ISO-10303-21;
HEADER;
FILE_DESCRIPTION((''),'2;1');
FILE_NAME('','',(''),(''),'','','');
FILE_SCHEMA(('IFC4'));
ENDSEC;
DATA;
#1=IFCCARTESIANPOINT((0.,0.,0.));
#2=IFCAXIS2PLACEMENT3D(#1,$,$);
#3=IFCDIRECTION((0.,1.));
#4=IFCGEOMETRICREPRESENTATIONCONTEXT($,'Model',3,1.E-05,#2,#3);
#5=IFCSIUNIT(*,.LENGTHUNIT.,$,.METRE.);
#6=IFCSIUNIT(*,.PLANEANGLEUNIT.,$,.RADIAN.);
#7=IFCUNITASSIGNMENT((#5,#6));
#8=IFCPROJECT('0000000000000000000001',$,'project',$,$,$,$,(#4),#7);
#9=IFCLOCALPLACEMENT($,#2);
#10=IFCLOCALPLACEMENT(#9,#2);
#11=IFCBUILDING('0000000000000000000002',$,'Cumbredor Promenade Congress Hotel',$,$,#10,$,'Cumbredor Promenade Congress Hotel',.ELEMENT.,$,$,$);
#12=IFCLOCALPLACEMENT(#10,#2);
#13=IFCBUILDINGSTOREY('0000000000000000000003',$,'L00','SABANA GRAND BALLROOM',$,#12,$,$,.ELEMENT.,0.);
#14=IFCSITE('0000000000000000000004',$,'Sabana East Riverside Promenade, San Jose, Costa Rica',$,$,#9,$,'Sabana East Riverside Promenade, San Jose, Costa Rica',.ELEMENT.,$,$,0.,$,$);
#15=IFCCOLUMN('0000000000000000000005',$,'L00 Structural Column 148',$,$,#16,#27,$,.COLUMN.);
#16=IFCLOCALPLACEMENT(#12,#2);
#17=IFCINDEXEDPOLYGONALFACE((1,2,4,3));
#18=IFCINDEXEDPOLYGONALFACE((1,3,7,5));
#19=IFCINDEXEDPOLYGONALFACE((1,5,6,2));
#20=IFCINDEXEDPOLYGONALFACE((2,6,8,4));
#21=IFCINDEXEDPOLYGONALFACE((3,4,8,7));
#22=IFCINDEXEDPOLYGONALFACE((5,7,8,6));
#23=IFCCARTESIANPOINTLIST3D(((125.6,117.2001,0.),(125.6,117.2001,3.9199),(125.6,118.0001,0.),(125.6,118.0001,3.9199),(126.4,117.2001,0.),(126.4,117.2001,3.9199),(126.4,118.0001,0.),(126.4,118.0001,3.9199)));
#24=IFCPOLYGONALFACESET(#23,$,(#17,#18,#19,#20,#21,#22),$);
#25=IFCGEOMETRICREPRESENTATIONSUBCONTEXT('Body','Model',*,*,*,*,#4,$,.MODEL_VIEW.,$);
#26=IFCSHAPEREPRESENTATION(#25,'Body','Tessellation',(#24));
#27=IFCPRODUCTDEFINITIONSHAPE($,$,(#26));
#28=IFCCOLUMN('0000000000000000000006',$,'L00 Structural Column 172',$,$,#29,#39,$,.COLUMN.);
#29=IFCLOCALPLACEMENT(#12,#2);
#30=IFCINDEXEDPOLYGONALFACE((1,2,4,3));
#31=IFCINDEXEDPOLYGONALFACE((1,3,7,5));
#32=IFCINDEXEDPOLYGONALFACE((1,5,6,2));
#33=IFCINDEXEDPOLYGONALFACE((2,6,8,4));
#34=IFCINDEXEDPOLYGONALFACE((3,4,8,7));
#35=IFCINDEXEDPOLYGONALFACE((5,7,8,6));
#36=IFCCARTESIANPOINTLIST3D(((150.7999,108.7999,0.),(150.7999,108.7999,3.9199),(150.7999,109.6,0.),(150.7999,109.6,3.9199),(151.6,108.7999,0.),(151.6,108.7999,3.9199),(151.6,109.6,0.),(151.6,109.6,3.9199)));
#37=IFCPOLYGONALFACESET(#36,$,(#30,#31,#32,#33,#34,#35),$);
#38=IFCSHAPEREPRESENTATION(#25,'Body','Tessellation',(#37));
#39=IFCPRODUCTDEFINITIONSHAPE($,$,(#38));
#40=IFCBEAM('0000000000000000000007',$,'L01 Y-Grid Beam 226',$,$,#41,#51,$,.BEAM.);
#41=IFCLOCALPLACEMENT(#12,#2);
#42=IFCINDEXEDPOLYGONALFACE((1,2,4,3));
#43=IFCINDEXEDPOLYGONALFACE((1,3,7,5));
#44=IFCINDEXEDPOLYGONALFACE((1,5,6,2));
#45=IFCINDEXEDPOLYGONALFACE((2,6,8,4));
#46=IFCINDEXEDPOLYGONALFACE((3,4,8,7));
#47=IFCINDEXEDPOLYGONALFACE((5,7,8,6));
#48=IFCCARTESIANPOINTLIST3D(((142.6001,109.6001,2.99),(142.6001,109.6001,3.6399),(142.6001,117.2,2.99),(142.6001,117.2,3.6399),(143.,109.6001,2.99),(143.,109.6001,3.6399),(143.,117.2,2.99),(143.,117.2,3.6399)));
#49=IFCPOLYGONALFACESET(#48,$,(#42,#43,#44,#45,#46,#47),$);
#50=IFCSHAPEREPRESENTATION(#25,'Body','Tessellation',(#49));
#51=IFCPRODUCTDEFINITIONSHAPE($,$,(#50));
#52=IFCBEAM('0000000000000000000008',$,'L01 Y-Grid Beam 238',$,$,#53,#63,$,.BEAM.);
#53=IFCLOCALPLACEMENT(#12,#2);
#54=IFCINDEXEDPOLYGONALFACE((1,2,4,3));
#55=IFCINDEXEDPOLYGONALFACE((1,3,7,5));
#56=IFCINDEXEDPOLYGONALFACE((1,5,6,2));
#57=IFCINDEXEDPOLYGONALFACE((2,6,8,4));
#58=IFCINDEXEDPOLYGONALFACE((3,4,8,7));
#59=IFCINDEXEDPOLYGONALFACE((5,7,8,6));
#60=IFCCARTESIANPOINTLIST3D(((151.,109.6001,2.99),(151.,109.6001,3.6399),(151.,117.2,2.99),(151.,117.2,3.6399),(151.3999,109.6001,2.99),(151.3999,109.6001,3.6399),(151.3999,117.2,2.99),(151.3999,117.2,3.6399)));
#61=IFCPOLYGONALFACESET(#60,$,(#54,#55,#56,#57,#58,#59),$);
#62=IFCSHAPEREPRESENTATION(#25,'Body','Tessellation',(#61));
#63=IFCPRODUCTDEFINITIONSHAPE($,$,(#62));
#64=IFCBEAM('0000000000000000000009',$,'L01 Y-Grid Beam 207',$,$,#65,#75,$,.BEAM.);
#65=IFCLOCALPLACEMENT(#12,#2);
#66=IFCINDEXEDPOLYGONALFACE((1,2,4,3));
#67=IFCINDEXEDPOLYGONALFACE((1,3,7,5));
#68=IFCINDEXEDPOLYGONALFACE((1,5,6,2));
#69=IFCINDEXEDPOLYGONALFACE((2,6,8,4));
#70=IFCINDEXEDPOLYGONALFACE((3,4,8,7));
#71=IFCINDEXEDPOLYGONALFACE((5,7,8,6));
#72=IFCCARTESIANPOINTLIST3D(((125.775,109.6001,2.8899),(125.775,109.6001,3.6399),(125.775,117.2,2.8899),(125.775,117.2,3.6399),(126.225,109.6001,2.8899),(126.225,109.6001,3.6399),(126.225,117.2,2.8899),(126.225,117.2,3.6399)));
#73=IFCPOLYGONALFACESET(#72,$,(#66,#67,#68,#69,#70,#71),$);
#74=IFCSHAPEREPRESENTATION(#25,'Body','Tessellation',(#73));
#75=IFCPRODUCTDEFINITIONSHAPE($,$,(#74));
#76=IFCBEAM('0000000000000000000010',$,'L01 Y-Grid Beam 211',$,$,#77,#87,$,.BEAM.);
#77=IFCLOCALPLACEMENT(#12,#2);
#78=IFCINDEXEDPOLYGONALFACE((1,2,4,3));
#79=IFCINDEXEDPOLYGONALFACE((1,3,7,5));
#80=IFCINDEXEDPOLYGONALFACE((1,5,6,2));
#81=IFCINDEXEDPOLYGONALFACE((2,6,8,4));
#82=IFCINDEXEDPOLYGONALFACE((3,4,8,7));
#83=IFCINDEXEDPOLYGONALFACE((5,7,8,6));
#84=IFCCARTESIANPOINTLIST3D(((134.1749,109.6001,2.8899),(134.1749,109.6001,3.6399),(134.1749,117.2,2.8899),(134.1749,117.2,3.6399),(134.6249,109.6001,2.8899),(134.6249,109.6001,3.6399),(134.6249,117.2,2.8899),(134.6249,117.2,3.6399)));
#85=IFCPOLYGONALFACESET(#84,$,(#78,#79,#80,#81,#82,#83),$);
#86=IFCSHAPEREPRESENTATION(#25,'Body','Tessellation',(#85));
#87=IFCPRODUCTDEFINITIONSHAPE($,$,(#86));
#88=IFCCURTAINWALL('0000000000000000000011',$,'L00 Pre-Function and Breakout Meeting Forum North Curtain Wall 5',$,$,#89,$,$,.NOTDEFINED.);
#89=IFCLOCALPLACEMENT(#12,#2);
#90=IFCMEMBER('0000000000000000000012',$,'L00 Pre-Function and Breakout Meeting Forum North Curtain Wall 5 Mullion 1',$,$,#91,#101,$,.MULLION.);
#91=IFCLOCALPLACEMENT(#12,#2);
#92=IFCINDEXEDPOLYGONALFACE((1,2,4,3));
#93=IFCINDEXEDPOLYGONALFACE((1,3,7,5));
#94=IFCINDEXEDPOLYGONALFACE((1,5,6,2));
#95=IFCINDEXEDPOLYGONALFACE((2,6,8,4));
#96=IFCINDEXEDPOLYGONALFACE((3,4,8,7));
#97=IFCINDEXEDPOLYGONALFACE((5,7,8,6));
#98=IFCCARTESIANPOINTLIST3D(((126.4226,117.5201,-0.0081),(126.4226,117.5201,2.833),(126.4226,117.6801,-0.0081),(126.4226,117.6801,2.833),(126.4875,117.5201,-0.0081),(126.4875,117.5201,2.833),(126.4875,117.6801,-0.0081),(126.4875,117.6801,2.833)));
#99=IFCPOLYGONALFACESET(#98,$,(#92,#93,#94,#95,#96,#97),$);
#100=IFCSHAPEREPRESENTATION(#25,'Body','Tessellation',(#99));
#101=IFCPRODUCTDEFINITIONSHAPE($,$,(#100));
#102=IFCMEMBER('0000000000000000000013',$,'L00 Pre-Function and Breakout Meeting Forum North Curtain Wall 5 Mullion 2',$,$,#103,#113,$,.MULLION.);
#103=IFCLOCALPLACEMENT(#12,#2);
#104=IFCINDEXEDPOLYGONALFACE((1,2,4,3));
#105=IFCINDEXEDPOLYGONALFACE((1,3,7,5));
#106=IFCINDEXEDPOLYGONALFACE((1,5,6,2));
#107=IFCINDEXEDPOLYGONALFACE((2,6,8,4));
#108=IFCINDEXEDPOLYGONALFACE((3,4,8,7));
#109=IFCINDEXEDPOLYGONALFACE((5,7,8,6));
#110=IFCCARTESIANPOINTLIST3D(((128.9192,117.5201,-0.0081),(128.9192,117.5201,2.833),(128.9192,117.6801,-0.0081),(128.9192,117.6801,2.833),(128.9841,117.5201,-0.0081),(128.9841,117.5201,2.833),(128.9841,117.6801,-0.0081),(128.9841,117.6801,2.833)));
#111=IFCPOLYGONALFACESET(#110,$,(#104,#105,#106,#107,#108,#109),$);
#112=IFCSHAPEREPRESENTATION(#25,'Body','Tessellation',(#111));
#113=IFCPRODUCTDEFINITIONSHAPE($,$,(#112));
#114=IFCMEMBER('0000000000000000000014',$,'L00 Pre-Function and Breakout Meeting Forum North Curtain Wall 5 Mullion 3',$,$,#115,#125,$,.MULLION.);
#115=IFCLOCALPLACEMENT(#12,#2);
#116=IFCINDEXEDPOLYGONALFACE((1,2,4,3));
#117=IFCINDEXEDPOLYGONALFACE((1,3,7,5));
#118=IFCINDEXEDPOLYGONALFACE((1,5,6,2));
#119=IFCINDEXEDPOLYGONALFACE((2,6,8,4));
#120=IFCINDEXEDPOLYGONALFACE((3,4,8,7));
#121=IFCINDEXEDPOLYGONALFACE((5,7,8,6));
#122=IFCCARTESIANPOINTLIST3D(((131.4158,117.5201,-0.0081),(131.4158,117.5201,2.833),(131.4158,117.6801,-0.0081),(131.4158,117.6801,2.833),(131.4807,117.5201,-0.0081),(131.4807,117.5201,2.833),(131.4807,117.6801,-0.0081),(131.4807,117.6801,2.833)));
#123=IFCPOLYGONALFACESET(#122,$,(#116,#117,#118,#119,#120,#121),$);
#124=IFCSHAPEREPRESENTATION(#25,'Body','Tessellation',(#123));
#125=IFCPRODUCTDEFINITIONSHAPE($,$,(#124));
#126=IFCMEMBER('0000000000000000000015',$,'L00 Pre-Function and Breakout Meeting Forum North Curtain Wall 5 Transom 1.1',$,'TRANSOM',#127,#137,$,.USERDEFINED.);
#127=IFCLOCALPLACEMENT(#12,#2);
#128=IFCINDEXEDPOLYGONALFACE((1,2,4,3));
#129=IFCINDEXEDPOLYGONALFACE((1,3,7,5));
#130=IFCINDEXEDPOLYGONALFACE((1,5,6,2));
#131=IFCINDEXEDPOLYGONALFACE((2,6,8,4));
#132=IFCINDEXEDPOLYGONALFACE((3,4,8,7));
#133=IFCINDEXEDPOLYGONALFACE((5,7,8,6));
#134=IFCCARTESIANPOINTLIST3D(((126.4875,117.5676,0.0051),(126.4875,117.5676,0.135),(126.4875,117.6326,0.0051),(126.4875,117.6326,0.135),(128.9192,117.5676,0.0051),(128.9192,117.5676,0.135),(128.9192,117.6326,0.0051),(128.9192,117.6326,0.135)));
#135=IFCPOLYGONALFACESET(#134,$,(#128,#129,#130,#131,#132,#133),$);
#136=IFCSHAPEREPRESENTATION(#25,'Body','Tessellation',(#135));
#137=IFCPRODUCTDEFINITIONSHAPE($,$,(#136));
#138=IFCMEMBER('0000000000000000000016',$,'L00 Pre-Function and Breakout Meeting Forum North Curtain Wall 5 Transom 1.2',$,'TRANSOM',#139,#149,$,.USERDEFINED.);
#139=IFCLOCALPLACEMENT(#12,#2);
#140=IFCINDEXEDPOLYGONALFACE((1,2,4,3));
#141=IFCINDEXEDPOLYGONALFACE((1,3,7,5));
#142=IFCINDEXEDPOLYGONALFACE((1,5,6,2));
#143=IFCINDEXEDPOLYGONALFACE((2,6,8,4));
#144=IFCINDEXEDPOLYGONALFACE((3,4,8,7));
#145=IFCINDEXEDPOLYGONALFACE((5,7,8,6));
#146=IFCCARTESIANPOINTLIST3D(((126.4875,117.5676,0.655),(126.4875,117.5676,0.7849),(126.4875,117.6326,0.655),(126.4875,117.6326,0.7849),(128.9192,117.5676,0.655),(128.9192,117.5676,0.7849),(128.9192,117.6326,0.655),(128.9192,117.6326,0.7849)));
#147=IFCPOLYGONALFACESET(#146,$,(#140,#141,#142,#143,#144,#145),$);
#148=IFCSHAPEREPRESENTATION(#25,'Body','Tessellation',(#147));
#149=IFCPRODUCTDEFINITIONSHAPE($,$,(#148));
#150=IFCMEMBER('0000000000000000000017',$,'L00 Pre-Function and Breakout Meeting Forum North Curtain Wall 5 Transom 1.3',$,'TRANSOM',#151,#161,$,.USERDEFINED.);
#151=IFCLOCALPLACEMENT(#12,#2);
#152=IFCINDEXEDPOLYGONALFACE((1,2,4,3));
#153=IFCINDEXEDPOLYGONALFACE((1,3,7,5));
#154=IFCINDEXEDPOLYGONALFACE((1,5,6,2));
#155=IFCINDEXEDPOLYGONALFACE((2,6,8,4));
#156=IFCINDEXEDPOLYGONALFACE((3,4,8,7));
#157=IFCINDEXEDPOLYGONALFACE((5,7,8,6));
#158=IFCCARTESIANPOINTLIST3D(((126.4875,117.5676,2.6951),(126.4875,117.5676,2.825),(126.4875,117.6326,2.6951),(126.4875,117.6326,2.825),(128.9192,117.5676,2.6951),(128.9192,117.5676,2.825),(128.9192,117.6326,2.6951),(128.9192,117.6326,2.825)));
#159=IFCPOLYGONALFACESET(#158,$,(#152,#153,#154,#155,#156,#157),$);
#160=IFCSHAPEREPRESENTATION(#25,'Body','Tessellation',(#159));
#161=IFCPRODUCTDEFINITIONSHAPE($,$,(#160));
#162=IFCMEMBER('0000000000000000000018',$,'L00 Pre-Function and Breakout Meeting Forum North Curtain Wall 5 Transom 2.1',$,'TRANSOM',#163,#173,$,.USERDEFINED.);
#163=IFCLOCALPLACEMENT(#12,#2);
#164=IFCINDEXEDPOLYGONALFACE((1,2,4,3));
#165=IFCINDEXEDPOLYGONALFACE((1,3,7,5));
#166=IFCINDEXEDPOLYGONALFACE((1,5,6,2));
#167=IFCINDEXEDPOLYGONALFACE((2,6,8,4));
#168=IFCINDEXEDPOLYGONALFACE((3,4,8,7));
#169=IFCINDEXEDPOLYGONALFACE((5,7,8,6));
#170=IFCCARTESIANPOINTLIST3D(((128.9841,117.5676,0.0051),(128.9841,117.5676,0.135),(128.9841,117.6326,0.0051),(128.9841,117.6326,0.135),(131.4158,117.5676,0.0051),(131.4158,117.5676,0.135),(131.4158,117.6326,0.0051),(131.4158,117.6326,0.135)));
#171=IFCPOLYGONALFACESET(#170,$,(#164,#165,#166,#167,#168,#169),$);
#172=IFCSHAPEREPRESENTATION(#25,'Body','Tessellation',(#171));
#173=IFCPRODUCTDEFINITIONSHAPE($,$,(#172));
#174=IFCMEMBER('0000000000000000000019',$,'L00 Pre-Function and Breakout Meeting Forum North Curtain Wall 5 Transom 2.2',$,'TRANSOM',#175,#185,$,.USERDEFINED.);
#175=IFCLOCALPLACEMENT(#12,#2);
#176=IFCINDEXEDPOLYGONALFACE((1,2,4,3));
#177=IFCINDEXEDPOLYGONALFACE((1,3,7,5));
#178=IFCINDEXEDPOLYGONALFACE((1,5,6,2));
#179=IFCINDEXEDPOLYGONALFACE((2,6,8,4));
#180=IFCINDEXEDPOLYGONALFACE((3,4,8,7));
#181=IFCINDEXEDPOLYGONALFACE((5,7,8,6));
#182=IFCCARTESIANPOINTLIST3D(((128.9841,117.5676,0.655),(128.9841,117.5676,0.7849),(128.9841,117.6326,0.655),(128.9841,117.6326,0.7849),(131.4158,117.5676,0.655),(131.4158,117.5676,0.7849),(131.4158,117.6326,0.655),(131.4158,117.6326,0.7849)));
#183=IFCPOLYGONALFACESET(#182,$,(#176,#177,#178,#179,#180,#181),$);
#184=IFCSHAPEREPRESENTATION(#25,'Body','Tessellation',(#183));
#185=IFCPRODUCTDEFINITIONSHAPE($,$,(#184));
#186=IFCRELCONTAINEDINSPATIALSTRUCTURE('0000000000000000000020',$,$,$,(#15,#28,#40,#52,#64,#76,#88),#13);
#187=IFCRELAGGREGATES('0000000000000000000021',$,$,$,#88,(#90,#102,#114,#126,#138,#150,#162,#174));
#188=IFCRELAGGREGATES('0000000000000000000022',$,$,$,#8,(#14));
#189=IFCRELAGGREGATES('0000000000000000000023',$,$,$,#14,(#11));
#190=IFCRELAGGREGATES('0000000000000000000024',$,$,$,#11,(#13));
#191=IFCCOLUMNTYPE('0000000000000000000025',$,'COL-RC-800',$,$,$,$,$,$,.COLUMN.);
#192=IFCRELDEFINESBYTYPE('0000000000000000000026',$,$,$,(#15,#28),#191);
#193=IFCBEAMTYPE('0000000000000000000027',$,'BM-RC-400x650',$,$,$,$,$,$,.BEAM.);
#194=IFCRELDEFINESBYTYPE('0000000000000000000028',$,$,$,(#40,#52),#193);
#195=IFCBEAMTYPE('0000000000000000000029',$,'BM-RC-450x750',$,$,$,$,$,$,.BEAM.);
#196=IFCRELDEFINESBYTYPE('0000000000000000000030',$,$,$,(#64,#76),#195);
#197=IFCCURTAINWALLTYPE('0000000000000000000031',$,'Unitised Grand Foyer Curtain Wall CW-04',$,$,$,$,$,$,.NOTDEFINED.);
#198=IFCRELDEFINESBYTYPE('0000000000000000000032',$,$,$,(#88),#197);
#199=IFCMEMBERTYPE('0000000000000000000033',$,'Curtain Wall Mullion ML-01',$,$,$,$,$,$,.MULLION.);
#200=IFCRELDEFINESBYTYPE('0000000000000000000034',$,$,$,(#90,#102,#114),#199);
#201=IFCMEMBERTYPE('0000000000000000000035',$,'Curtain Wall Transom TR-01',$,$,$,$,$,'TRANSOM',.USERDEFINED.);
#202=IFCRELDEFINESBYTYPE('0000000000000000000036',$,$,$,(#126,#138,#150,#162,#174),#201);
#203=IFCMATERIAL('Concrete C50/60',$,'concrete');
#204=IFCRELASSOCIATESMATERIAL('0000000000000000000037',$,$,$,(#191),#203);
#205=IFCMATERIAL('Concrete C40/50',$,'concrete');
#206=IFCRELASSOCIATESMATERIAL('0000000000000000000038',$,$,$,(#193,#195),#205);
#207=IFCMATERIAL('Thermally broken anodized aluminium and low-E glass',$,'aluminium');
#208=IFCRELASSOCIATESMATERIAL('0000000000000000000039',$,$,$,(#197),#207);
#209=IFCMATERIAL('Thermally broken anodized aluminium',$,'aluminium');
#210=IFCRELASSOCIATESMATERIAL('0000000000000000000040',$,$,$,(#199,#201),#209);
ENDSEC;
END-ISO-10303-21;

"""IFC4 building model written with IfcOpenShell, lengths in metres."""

from ifc_helpers import new_model, si_unit, direction, frame, origin, origin_2d, place, context, subcontext, project, spatial, rectangle, extrude, material, material_profile, profile_set, type_object, element, aggregate, save


model = new_model("IFC4")

# Units and contexts
model_context = context("Model", 3, precision=1e-05, world=origin(), true_north=direction((0.0, 1.0)))
body_context = subcontext(model_context, "Body", "Model", "MODEL_VIEW")
ifc_project = project(units=[si_unit("LENGTHUNIT", "METRE"), si_unit("PLANEANGLEUNIT", "RADIAN")], contexts=[model_context])

# Site, building, storey
site_placement = place(None, origin())
site = spatial("IfcSite", under=ifc_project, at=site_placement, Name="Sabana East Riverside Promenade, San Jose, Costa Rica", LongName="Sabana East Riverside Promenade, San Jose, Costa Rica", CompositionType="ELEMENT", RefElevation=0.0)
building_placement = place(site_placement, origin())
building = spatial("IfcBuilding", under=site, at=building_placement, Name="Cumbredor Promenade Congress Hotel", LongName="Cumbredor Promenade Congress Hotel", CompositionType="ELEMENT")
storey_placement = place(building_placement, origin())
storey = spatial("IfcBuildingStorey", under=building, at=storey_placement, Name="L00", Description="SABANA GRAND BALLROOM", CompositionType="ELEMENT", Elevation=0.0)

# Columns
ifc_material_1 = material(Name="Concrete C50/60", Category="concrete")
ifc_material_profile_1 = material_profile(ifc_material_1, rectangle(XDim=0.8, YDim=0.8, at=origin_2d()), Name="RC 800x800")
ifc_profile_set_1 = profile_set([ifc_material_profile_1], Name="Concrete C50/60")
column_type = type_object("IfcColumnType", Name="COL-RC-800", PredefinedType="COLUMN", material=ifc_profile_set_1)
for number, where, z_axis, x_axis, name in (
    (1, (126.0, 117.6001, 0.0), (0.0, 0.0, 1.0), (1.0, 0.0, 0.0), "L00 Structural Column 148"),
    (2, (151.2, 109.2, 0.0), (0.0, 0.0, 1.0), (1.0, 0.0, 0.0), "L00 Structural Column 172"),
):
    element("IfcColumn", number, at=place(storey_placement, frame(where, z_axis=z_axis, x_axis=x_axis)), inside=storey, type_object=column_type, Name=name, PredefinedType="COLUMN", context=body_context, shape_type="SweptSolid", body=[
        extrude(rectangle(XDim=0.8, YDim=0.8, at=origin_2d()), origin(), (0.0, 0.0, 1.0), 3.9199),
    ])

# Beams
ifc_material_2 = material(Name="Concrete C40/50", Category="concrete")
ifc_material_profile_2 = material_profile(ifc_material_2, rectangle(XDim=0.3999, YDim=0.6499, at=origin_2d()), Name="RC BEAM 400x650")
ifc_profile_set_2 = profile_set([ifc_material_profile_2], Name="Concrete C40/50")
beam_type_1 = type_object("IfcBeamType", Name="BM-RC-400x650", PredefinedType="BEAM", material=ifc_profile_set_2)
for number, where, z_axis, x_axis, name in (
    (3, (142.8, 109.6001, 3.3149), (0.0, 1.0, 0.0), (-1.0, 0.0, 0.0), "L01 Y-Grid Beam 226"),
    (4, (151.2, 109.6001, 3.3149), (0.0, 1.0, 0.0), (-1.0, 0.0, 0.0), "L01 Y-Grid Beam 238"),
):
    element("IfcBeam", number, at=place(storey_placement, frame(where, z_axis=z_axis, x_axis=x_axis)), inside=storey, type_object=beam_type_1, Name=name, PredefinedType="BEAM", context=body_context, shape_type="SweptSolid", body=[
        extrude(rectangle(XDim=0.3999, YDim=0.6499, at=origin_2d()), origin(), (0.0, 0.0, 1.0), 7.5999),
    ])
ifc_material_profile_3 = material_profile(ifc_material_2, rectangle(XDim=0.45, YDim=0.75, at=origin_2d()), Name="RC BEAM 450x750")
ifc_profile_set_3 = profile_set([ifc_material_profile_3], Name="Concrete C40/50")
beam_type_2 = type_object("IfcBeamType", Name="BM-RC-450x750", PredefinedType="BEAM", material=ifc_profile_set_3)
for number, where, z_axis, x_axis, name in (
    (5, (126.0, 109.6001, 3.2649), (0.0, 1.0, 0.0), (-1.0, 0.0, 0.0), "L01 Y-Grid Beam 207"),
    (6, (134.3999, 109.6001, 3.2649), (0.0, 1.0, 0.0), (-1.0, 0.0, 0.0), "L01 Y-Grid Beam 211"),
):
    element("IfcBeam", number, at=place(storey_placement, frame(where, z_axis=z_axis, x_axis=x_axis)), inside=storey, type_object=beam_type_2, Name=name, PredefinedType="BEAM", context=body_context, shape_type="SweptSolid", body=[
        extrude(rectangle(XDim=0.45, YDim=0.75, at=origin_2d()), origin(), (0.0, 0.0, 1.0), 7.5999),
    ])

# Curtain wall, members
ifc_material_3 = material(Name="Thermally broken anodized aluminium and low-E glass", Category="aluminium")
curtain_wall_type = type_object("IfcCurtainWallType", Name="Unitised Grand Foyer Curtain Wall CW-04", PredefinedType="NOTDEFINED", material=ifc_material_3)
curtain_wall_placement = place(storey_placement, origin())
curtain_wall = element("IfcCurtainWall", 7, at=curtain_wall_placement, inside=storey, type_object=curtain_wall_type, Name="L00 Pre-Function and Breakout Meeting Forum North Curtain Wall 5", PredefinedType="NOTDEFINED")
ifc_material_4 = material(Name="Thermally broken anodized aluminium", Category="aluminium")
ifc_material_profile_4 = material_profile(ifc_material_4, rectangle(XDim=0.0649, YDim=0.1599, at=origin_2d()), Name="ALU MULLION 65x160")
ifc_profile_set_4 = profile_set([ifc_material_profile_4], Name="Thermally broken anodized aluminium")
member_type_1 = type_object("IfcMemberType", Name="Curtain Wall Mullion ML-01", PredefinedType="MULLION", material=ifc_profile_set_4)
member_1_placement = place(storey_placement, frame((126.4551, 117.6001, -0.0081), z_axis=(0.0, 0.0, 1.0), x_axis=(1.0, 0.0, 0.0)))
member_1 = element("IfcMember", 8, at=member_1_placement, type_object=member_type_1, Name="L00 Pre-Function and Breakout Meeting Forum North Curtain Wall 5 Mullion 1", PredefinedType="MULLION", context=body_context, shape_type="SweptSolid", body=[
    extrude(rectangle(XDim=0.0649, YDim=0.1599, at=origin_2d()), origin(), (0.0, 0.0, 1.0), 2.8411),
])
member_2_placement = place(storey_placement, frame((128.9517, 117.6001, -0.0081), z_axis=(0.0, 0.0, 1.0), x_axis=(1.0, 0.0, 0.0)))
member_2 = element("IfcMember", 9, at=member_2_placement, type_object=member_type_1, Name="L00 Pre-Function and Breakout Meeting Forum North Curtain Wall 5 Mullion 2", PredefinedType="MULLION", context=body_context, shape_type="SweptSolid", body=[
    extrude(rectangle(XDim=0.0649, YDim=0.1599, at=origin_2d()), origin(), (0.0, 0.0, 1.0), 2.8411),
])
member_3_placement = place(storey_placement, frame((131.4482, 117.6001, -0.0081), z_axis=(0.0, 0.0, 1.0), x_axis=(1.0, 0.0, 0.0)))
member_3 = element("IfcMember", 10, at=member_3_placement, type_object=member_type_1, Name="L00 Pre-Function and Breakout Meeting Forum North Curtain Wall 5 Mullion 3", PredefinedType="MULLION", context=body_context, shape_type="SweptSolid", body=[
    extrude(rectangle(XDim=0.0649, YDim=0.1599, at=origin_2d()), origin(), (0.0, 0.0, 1.0), 2.8411),
])
ifc_material_profile_5 = material_profile(ifc_material_4, rectangle(XDim=0.0649, YDim=0.1299, at=origin_2d()), Name="ALU TRANSOM 65x130")
ifc_profile_set_5 = profile_set([ifc_material_profile_5], Name="Thermally broken anodized aluminium")
member_type_2 = type_object("IfcMemberType", Name="Curtain Wall Transom TR-01", ElementType="TRANSOM", PredefinedType="USERDEFINED", material=ifc_profile_set_5)
member_4_placement = place(storey_placement, frame((126.4875, 117.6001, 0.0701), z_axis=(1.0, 0.0, 0.0), x_axis=(0.0, 1.0, 0.0)))
member_4 = element("IfcMember", 11, at=member_4_placement, type_object=member_type_2, Name="L00 Pre-Function and Breakout Meeting Forum North Curtain Wall 5 Transom 1.1", ObjectType="TRANSOM", PredefinedType="USERDEFINED", context=body_context, shape_type="SweptSolid", body=[
    extrude(rectangle(XDim=0.0649, YDim=0.1299, at=origin_2d()), origin(), (0.0, 0.0, 1.0), 2.4316),
])
member_5_placement = place(storey_placement, frame((126.4875, 117.6001, 0.72), z_axis=(1.0, 0.0, 0.0), x_axis=(0.0, 1.0, 0.0)))
member_5 = element("IfcMember", 12, at=member_5_placement, type_object=member_type_2, Name="L00 Pre-Function and Breakout Meeting Forum North Curtain Wall 5 Transom 1.2", ObjectType="TRANSOM", PredefinedType="USERDEFINED", context=body_context, shape_type="SweptSolid", body=[
    extrude(rectangle(XDim=0.0649, YDim=0.1299, at=origin_2d()), origin(), (0.0, 0.0, 1.0), 2.4316),
])
member_6_placement = place(storey_placement, frame((126.4875, 117.6001, 2.76), z_axis=(1.0, 0.0, 0.0), x_axis=(0.0, 1.0, 0.0)))
member_6 = element("IfcMember", 13, at=member_6_placement, type_object=member_type_2, Name="L00 Pre-Function and Breakout Meeting Forum North Curtain Wall 5 Transom 1.3", ObjectType="TRANSOM", PredefinedType="USERDEFINED", context=body_context, shape_type="SweptSolid", body=[
    extrude(rectangle(XDim=0.0649, YDim=0.1299, at=origin_2d()), origin(), (0.0, 0.0, 1.0), 2.4316),
])
member_7_placement = place(storey_placement, frame((128.9841, 117.6001, 0.0701), z_axis=(1.0, 0.0, 0.0), x_axis=(0.0, 1.0, 0.0)))
member_7 = element("IfcMember", 14, at=member_7_placement, type_object=member_type_2, Name="L00 Pre-Function and Breakout Meeting Forum North Curtain Wall 5 Transom 2.1", ObjectType="TRANSOM", PredefinedType="USERDEFINED", context=body_context, shape_type="SweptSolid", body=[
    extrude(rectangle(XDim=0.0649, YDim=0.1299, at=origin_2d()), origin(), (0.0, 0.0, 1.0), 2.4316),
])
member_8_placement = place(storey_placement, frame((128.9841, 117.6001, 0.72), z_axis=(1.0, 0.0, 0.0), x_axis=(0.0, 1.0, 0.0)))
member_8 = element("IfcMember", 15, at=member_8_placement, type_object=member_type_2, Name="L00 Pre-Function and Breakout Meeting Forum North Curtain Wall 5 Transom 2.2", ObjectType="TRANSOM", PredefinedType="USERDEFINED", context=body_context, shape_type="SweptSolid", body=[
    extrude(rectangle(XDim=0.0649, YDim=0.1299, at=origin_2d()), origin(), (0.0, 0.0, 1.0), 2.4316),
])

aggregate(curtain_wall, [member_1, member_2, member_3, member_4, member_5, member_6, member_7, member_8])

save(model, "model.ifc")
